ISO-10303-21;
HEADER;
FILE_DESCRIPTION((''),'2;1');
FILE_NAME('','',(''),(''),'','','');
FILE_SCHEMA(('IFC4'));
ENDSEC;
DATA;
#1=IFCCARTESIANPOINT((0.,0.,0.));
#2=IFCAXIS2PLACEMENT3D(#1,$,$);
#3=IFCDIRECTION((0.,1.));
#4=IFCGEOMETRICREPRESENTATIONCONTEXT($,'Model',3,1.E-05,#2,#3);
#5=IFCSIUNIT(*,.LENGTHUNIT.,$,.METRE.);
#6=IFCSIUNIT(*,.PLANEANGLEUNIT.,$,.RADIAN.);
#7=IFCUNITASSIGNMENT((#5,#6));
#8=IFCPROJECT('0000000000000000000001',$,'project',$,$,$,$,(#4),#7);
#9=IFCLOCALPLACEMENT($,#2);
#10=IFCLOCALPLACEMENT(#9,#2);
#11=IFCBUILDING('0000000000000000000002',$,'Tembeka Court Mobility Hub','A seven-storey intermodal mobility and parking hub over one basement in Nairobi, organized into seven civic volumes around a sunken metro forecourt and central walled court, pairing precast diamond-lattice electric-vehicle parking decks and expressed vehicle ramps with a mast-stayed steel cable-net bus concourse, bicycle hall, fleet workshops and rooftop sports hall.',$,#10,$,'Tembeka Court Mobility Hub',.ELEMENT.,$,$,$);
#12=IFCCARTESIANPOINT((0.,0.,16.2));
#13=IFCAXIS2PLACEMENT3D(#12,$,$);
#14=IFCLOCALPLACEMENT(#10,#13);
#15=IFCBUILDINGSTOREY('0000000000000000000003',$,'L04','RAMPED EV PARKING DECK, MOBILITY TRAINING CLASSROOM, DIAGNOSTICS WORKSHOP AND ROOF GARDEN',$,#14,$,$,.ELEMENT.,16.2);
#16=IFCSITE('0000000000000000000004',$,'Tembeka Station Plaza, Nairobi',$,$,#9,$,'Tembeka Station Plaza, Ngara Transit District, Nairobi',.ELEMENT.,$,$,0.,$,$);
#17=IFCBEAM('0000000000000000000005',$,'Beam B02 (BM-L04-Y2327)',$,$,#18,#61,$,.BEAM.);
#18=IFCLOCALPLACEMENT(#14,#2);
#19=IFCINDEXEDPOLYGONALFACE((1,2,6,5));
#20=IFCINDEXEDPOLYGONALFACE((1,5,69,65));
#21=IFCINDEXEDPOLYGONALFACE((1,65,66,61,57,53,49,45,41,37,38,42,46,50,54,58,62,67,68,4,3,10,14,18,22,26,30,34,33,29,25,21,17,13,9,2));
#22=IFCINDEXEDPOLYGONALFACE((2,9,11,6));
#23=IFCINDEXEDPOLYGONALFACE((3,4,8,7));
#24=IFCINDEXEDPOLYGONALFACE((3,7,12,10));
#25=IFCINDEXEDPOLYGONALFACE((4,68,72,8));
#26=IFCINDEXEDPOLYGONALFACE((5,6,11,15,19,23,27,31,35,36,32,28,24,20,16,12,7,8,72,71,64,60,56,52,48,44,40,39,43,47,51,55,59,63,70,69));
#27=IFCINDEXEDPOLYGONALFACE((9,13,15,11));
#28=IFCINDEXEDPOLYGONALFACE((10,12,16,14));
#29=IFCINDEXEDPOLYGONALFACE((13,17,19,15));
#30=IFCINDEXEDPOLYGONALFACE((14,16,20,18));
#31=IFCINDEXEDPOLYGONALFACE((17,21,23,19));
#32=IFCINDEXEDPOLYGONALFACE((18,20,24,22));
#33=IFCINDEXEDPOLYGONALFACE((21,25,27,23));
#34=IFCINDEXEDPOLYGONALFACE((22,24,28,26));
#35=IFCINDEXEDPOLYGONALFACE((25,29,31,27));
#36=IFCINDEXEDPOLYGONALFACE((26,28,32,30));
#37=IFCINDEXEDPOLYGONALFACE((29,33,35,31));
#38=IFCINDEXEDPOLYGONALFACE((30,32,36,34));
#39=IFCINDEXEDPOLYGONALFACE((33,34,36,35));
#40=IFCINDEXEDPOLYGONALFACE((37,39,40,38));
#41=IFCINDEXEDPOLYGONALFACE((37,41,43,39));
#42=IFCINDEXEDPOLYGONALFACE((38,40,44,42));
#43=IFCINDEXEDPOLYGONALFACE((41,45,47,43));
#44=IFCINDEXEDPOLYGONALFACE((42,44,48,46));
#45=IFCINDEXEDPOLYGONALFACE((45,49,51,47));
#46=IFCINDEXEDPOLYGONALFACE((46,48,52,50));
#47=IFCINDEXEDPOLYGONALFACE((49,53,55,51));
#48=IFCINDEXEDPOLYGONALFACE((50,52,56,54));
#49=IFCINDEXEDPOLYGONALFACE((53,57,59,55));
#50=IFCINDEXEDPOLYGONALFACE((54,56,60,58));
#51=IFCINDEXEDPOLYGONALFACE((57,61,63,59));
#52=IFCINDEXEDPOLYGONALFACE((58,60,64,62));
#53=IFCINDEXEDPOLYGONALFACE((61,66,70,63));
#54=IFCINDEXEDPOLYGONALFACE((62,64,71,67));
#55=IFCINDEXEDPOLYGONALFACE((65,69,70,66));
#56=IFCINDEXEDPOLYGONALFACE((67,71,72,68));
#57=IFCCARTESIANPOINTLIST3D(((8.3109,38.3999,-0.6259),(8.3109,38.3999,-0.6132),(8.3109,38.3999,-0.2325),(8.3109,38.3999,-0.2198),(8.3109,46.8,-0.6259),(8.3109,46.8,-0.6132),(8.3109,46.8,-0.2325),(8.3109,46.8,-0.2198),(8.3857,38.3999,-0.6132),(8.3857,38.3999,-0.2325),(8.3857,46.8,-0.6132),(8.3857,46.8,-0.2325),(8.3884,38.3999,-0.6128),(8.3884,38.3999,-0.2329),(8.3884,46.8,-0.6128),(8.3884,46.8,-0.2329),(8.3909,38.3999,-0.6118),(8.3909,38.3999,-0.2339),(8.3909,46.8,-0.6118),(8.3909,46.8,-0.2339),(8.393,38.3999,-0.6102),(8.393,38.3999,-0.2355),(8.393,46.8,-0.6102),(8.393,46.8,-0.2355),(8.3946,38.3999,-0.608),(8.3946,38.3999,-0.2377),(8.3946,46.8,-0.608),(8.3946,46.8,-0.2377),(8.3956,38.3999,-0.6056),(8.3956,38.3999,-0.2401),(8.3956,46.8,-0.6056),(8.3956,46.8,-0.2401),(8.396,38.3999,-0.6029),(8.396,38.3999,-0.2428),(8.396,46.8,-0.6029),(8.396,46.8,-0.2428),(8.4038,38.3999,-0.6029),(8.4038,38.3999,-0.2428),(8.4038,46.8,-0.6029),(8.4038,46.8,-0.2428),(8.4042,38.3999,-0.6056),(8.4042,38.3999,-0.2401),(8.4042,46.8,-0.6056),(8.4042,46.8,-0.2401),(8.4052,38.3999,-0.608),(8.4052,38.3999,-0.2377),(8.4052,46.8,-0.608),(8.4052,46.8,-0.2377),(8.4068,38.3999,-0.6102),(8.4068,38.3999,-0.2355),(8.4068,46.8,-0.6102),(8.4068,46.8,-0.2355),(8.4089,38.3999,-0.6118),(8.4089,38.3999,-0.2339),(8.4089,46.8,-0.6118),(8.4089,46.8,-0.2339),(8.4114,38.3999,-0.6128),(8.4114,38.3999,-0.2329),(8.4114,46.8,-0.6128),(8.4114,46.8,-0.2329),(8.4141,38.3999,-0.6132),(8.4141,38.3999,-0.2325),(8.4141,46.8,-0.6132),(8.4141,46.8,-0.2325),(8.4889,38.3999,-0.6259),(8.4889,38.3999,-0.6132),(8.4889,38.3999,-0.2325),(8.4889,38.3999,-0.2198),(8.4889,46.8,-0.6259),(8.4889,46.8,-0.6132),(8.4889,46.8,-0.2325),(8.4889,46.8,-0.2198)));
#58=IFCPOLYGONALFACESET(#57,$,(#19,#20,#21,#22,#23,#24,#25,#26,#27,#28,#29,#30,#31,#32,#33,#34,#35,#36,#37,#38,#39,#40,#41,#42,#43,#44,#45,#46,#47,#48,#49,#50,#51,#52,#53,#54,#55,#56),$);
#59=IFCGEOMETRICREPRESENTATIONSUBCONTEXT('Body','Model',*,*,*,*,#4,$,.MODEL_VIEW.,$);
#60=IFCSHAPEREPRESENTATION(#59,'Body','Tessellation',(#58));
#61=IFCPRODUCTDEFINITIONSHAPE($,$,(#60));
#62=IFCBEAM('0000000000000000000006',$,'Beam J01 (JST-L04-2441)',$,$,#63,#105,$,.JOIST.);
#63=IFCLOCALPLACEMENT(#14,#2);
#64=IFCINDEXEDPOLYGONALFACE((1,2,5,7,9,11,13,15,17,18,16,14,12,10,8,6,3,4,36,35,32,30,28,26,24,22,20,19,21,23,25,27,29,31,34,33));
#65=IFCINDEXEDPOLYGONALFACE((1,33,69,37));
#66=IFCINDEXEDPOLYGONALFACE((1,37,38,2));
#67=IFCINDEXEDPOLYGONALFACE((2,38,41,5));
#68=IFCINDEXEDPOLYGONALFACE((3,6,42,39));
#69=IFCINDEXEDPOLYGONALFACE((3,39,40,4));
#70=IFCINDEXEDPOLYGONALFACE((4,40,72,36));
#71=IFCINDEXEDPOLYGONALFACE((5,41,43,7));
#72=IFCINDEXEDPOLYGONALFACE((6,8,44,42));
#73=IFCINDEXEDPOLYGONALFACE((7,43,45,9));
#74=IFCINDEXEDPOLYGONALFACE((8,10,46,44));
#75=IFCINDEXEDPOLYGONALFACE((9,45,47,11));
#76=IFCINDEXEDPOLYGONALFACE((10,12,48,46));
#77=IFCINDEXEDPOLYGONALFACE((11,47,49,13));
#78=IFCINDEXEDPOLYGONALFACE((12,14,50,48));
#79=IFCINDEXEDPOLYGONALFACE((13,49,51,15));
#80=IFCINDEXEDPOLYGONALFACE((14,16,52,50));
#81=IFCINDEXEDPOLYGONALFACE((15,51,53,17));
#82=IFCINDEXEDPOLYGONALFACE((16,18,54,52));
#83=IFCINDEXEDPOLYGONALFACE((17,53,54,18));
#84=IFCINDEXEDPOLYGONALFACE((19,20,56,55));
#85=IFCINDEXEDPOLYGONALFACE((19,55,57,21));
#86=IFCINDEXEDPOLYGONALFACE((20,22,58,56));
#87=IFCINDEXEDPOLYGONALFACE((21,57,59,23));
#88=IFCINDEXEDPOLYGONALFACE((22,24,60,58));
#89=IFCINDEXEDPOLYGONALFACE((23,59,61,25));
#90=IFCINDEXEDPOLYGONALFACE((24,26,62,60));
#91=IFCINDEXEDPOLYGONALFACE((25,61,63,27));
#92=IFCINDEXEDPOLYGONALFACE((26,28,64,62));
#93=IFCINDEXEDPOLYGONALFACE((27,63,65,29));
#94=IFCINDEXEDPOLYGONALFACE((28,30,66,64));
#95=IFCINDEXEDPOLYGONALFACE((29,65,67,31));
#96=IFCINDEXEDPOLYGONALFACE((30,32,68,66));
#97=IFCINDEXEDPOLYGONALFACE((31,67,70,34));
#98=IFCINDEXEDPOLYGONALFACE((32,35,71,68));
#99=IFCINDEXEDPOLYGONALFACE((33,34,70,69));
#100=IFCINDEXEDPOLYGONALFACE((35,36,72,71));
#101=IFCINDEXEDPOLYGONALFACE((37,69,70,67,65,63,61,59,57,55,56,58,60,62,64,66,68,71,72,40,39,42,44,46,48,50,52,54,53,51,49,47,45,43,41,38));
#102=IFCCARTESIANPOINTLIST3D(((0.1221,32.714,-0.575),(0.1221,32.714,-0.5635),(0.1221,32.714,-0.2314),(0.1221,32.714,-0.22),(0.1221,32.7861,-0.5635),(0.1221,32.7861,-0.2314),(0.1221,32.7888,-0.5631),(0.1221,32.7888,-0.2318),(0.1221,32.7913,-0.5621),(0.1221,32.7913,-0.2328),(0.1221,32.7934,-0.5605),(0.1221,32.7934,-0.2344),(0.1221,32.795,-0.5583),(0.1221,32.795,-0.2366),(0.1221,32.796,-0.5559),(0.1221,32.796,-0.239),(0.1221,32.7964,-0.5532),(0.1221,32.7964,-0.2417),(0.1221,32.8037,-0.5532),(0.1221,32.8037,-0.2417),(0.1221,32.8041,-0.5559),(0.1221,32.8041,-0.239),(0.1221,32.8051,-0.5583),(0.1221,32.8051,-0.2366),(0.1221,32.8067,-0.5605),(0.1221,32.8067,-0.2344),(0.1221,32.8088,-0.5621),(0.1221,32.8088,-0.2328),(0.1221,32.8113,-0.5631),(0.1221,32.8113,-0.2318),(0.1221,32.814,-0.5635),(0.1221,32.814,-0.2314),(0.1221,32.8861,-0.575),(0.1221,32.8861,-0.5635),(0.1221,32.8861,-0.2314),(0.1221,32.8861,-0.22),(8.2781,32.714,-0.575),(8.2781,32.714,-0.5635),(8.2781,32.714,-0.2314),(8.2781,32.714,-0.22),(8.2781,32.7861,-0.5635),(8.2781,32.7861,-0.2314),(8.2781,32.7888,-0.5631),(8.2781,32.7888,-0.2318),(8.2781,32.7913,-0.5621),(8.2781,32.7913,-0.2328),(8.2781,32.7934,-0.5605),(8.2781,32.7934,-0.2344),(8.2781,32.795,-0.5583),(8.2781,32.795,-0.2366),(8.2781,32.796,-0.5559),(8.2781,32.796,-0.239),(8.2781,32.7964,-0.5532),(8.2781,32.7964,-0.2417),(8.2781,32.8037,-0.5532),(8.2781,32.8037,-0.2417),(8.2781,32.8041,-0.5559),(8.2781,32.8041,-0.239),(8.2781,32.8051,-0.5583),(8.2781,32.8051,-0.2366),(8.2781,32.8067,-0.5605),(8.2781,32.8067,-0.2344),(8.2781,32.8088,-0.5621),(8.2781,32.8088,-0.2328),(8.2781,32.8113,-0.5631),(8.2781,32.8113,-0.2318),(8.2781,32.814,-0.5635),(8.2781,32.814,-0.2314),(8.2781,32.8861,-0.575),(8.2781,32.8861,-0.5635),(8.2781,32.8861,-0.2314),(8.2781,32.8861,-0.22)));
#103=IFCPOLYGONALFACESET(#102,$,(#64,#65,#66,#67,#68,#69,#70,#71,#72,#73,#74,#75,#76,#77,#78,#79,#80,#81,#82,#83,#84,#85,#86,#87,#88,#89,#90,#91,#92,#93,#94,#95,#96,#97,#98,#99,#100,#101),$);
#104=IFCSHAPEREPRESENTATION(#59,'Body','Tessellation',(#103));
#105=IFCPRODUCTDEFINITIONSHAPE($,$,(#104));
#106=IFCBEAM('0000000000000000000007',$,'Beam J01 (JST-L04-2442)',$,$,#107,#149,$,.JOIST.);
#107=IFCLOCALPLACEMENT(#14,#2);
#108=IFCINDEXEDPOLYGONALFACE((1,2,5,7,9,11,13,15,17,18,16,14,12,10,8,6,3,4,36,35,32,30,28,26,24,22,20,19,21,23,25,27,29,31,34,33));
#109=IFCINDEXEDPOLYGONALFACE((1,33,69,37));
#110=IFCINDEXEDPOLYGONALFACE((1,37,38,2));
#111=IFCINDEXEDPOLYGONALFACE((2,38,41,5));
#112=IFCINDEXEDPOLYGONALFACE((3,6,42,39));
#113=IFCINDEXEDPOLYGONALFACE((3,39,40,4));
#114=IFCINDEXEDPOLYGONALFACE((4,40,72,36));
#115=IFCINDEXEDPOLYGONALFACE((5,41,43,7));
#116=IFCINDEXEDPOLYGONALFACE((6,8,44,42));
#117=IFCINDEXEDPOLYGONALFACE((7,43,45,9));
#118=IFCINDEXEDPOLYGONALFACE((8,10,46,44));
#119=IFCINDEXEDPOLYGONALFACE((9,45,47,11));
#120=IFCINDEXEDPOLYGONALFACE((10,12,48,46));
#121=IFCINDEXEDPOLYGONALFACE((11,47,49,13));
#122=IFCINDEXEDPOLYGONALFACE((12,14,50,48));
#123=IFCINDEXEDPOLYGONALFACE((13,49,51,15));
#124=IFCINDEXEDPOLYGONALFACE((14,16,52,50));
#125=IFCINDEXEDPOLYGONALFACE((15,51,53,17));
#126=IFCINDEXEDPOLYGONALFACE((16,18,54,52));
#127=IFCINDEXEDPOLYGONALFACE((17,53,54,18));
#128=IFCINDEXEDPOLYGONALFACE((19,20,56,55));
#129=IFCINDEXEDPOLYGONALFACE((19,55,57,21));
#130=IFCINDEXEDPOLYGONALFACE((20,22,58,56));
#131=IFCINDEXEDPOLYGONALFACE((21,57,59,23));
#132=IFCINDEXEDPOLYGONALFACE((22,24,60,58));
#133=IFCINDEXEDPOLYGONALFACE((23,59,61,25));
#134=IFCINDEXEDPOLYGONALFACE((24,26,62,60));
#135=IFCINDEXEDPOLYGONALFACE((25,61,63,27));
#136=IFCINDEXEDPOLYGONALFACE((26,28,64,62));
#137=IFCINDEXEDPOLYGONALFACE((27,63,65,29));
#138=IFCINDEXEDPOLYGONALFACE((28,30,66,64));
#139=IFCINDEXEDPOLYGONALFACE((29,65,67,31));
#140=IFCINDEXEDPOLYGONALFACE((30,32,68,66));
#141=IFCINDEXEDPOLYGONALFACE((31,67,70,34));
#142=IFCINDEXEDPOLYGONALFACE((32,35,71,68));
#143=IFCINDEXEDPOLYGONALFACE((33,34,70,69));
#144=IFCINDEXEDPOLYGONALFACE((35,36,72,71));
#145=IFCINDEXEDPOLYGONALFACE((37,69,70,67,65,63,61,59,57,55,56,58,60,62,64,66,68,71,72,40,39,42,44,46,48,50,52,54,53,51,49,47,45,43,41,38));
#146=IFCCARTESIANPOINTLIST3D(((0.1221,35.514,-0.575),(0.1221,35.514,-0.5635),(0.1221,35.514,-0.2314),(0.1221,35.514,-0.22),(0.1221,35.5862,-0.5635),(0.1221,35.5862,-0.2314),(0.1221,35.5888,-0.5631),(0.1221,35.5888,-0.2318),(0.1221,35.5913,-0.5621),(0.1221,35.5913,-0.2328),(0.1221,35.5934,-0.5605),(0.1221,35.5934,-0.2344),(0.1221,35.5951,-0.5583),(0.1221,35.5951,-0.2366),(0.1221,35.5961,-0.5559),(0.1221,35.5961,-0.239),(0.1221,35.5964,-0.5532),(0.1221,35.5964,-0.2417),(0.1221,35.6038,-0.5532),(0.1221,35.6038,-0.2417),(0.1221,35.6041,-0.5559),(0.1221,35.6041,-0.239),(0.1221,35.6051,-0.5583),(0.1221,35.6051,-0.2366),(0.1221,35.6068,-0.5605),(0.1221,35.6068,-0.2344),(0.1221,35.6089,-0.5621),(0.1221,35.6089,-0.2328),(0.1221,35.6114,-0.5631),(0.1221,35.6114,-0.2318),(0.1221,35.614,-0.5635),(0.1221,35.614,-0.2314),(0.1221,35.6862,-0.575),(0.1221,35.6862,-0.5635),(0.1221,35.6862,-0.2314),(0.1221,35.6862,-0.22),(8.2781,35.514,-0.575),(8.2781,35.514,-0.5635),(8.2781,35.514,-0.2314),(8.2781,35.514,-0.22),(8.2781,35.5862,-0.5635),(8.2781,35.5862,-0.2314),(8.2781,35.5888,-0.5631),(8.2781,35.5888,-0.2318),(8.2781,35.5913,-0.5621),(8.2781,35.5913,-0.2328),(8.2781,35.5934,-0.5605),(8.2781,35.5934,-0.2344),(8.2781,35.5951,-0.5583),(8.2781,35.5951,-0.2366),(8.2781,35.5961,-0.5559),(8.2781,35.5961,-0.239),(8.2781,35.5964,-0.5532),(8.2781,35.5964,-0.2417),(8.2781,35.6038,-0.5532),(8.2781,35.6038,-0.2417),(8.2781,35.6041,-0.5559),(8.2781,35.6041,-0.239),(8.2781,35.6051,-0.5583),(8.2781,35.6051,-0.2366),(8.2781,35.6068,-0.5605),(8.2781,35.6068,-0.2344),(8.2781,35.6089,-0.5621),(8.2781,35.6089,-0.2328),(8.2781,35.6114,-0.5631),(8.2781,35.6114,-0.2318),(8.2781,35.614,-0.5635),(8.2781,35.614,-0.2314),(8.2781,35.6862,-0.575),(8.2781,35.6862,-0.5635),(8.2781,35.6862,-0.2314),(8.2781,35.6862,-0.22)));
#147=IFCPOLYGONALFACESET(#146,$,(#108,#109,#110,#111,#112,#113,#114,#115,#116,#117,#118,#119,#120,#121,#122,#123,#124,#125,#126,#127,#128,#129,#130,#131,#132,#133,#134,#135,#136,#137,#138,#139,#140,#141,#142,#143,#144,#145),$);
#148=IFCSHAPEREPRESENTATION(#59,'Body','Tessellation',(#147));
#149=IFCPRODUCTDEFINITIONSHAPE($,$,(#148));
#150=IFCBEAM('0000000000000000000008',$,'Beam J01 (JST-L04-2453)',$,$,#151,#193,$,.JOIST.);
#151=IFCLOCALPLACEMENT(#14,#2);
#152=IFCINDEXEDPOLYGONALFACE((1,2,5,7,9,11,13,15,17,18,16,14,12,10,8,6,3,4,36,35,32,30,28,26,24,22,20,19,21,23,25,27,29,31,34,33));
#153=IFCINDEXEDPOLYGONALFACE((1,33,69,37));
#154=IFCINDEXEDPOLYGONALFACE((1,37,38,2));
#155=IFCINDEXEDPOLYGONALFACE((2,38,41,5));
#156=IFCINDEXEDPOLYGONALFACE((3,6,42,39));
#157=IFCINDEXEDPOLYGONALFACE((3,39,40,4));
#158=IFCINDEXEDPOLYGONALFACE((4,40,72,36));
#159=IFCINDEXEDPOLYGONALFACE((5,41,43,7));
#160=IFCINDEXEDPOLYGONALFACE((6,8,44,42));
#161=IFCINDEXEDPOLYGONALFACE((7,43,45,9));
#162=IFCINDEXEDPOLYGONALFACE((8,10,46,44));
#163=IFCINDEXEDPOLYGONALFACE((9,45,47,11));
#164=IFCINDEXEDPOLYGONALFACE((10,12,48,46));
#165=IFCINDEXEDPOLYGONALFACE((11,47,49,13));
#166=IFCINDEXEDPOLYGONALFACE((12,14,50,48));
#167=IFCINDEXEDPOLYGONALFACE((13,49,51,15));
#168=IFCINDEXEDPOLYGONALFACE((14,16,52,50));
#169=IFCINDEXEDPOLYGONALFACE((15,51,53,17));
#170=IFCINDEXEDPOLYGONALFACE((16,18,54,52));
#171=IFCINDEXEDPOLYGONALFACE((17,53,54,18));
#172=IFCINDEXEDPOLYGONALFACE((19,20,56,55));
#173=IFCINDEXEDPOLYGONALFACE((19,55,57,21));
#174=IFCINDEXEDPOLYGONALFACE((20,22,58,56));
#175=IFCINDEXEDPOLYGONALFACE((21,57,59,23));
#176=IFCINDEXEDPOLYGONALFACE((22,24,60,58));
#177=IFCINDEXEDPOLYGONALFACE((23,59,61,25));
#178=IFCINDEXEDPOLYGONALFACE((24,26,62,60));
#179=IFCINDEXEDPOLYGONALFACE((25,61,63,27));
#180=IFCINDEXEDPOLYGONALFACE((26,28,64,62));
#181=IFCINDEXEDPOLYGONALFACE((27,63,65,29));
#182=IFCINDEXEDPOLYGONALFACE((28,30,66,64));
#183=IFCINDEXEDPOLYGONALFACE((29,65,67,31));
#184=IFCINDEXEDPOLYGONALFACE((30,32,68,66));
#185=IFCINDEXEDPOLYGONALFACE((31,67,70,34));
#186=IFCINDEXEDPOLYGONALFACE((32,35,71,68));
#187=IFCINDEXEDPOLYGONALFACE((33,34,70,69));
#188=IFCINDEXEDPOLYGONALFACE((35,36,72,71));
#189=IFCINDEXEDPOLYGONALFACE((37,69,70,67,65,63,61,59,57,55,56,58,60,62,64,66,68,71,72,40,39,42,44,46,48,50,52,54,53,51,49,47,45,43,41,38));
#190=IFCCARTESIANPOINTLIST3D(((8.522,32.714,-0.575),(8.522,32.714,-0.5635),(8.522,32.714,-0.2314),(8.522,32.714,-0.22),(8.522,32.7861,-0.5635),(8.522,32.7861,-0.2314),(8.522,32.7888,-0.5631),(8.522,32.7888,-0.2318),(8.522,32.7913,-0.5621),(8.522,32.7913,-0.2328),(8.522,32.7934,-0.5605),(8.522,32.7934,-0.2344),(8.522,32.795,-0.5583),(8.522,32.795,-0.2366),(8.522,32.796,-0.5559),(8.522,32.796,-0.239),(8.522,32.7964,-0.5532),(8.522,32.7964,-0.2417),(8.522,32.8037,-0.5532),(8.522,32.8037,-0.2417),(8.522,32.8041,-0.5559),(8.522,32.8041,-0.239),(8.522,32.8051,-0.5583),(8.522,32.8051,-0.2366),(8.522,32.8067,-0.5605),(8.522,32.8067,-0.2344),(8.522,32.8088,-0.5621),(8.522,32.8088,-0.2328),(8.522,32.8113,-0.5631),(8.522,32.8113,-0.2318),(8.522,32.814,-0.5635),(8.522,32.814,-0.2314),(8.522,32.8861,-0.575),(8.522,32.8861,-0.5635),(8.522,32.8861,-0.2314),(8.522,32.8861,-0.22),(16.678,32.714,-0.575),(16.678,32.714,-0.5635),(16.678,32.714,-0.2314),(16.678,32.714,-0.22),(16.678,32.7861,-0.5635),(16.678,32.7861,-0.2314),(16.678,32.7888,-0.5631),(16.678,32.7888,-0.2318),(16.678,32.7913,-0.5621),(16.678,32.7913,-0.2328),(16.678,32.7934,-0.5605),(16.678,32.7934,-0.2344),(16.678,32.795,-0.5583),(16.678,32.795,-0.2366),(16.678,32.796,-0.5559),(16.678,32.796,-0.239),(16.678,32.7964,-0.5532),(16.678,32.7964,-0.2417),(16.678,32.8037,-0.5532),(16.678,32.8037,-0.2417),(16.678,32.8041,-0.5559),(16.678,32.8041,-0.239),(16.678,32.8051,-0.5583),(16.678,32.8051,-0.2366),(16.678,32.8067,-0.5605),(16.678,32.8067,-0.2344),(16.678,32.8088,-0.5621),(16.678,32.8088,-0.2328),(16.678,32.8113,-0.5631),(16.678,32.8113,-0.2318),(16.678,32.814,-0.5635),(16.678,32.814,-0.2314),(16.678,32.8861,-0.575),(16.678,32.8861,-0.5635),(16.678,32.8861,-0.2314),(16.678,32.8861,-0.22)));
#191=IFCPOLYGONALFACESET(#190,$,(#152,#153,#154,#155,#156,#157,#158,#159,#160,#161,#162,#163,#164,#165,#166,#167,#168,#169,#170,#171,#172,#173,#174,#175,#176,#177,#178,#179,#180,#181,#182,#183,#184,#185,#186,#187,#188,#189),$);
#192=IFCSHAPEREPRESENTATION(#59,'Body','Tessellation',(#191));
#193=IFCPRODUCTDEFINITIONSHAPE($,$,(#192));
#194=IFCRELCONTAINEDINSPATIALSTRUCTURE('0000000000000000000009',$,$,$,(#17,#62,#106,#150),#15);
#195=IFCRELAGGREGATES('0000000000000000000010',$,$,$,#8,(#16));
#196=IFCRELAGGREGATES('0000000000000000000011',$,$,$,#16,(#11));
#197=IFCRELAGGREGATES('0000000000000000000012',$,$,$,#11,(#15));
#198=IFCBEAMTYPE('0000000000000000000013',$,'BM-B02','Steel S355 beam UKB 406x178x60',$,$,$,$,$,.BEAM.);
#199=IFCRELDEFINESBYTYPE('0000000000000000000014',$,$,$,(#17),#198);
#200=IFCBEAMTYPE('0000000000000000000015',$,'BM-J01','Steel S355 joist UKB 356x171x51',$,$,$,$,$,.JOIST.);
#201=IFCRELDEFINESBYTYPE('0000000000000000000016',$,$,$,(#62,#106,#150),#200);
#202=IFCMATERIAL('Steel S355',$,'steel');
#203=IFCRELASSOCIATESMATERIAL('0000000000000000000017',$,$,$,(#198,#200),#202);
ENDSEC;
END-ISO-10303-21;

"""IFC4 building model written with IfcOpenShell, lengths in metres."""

from ifc_helpers import new_model, si_unit, direction, frame, origin, origin_2d, place, context, subcontext, project, spatial, i_section, extrude, material, material_profile, profile_set, type_object, element, save


model = new_model("IFC4")

# Units and contexts
model_context = context("Model", 3, precision=1e-05, world=origin(), true_north=direction((0.0, 1.0)))
body_context = subcontext(model_context, "Body", "Model", "MODEL_VIEW")
ifc_project = project(units=[si_unit("LENGTHUNIT", "METRE"), si_unit("PLANEANGLEUNIT", "RADIAN")], contexts=[model_context])

# Site, building, storey
site_placement = place(None, origin())
site = spatial("IfcSite", under=ifc_project, at=site_placement, Name="Tembeka Station Plaza, Nairobi", LongName="Tembeka Station Plaza, Ngara Transit District, Nairobi", CompositionType="ELEMENT", RefElevation=0.0)
building_placement = place(site_placement, origin())
building = spatial("IfcBuilding", under=site, at=building_placement, Name="Tembeka Court Mobility Hub", Description="A seven-storey intermodal mobility and parking hub over one basement in Nairobi, organized into seven civic volumes around a sunken metro forecourt and central walled court, pairing precast diamond-lattice electric-vehicle parking decks and expressed vehicle ramps with a mast-stayed steel cable-net bus concourse, bicycle hall, fleet workshops and rooftop sports hall.", LongName="Tembeka Court Mobility Hub", CompositionType="ELEMENT")
storey_placement = place(building_placement, frame((0.0, 0.0, 16.2)))
storey = spatial("IfcBuildingStorey", under=building, at=storey_placement, Name="L04", Description="RAMPED EV PARKING DECK, MOBILITY TRAINING CLASSROOM, DIAGNOSTICS WORKSHOP AND ROOF GARDEN", CompositionType="ELEMENT", Elevation=16.2)

# Shared definitions
ifc_material_1 = material(Name="Steel S355", Category="steel")

# Beams
ifc_material_profile_1 = material_profile(ifc_material_1, i_section(OverallWidth=0.178, OverallDepth=0.406, WebThickness=0.0078, FlangeThickness=0.0127, FilletRadius=0.0103, at=origin_2d()), Name="UKB 406x178x60")
ifc_profile_set_1 = profile_set([ifc_material_profile_1], Name="Steel S355")
beam_type_1 = type_object("IfcBeamType", Name="BM-B02", Description="Steel S355 beam UKB 406x178x60", PredefinedType="BEAM", material=ifc_profile_set_1)
beam_1_placement = place(storey_placement, frame((8.3999, 38.3999, -0.4229), z_axis=(0.0, 1.0, 0.0), x_axis=(-1.0, 0.0, 0.0)))
element("IfcBeam", 1, at=beam_1_placement, inside=storey, type_object=beam_type_1, Name="Beam B02 (BM-L04-Y2327)", PredefinedType="BEAM", context=body_context, shape_type="SweptSolid", body=[
    extrude(i_section(OverallWidth=0.178, OverallDepth=0.406, WebThickness=0.0078, FlangeThickness=0.0127, FilletRadius=0.0103, at=origin_2d()), origin(), (0.0, 0.0, 1.0), 8.4001),
])
ifc_material_profile_2 = material_profile(ifc_material_1, i_section(OverallWidth=0.1721, OverallDepth=0.355, WebThickness=0.0073, FlangeThickness=0.0115, FilletRadius=0.0103, at=origin_2d()), Name="UKB 356x171x51")
ifc_profile_set_2 = profile_set([ifc_material_profile_2], Name="Steel S355")
beam_type_2 = type_object("IfcBeamType", Name="BM-J01", Description="Steel S355 joist UKB 356x171x51", PredefinedType="JOIST", material=ifc_profile_set_2)
for number, where, z_axis, x_axis, name in (
    (2, (0.1221, 32.8, -0.3975), (1.0, 0.0, 0.0), (0.0, 1.0, 0.0), "Beam J01 (JST-L04-2441)"),
    (3, (0.1221, 35.6001, -0.3975), (1.0, 0.0, 0.0), (0.0, 1.0, 0.0), "Beam J01 (JST-L04-2442)"),
    (4, (8.522, 32.8, -0.3975), (1.0, 0.0, 0.0), (0.0, 1.0, 0.0), "Beam J01 (JST-L04-2453)"),
):
    element("IfcBeam", number, at=place(storey_placement, frame(where, z_axis=z_axis, x_axis=x_axis)), inside=storey, type_object=beam_type_2, Name=name, PredefinedType="JOIST", context=body_context, shape_type="SweptSolid", body=[
        extrude(i_section(OverallWidth=0.1721, OverallDepth=0.355, WebThickness=0.0073, FlangeThickness=0.0115, FilletRadius=0.0103, at=origin_2d()), origin(), (0.0, 0.0, 1.0), 8.156),
    ])

save(model, "model.ifc")
